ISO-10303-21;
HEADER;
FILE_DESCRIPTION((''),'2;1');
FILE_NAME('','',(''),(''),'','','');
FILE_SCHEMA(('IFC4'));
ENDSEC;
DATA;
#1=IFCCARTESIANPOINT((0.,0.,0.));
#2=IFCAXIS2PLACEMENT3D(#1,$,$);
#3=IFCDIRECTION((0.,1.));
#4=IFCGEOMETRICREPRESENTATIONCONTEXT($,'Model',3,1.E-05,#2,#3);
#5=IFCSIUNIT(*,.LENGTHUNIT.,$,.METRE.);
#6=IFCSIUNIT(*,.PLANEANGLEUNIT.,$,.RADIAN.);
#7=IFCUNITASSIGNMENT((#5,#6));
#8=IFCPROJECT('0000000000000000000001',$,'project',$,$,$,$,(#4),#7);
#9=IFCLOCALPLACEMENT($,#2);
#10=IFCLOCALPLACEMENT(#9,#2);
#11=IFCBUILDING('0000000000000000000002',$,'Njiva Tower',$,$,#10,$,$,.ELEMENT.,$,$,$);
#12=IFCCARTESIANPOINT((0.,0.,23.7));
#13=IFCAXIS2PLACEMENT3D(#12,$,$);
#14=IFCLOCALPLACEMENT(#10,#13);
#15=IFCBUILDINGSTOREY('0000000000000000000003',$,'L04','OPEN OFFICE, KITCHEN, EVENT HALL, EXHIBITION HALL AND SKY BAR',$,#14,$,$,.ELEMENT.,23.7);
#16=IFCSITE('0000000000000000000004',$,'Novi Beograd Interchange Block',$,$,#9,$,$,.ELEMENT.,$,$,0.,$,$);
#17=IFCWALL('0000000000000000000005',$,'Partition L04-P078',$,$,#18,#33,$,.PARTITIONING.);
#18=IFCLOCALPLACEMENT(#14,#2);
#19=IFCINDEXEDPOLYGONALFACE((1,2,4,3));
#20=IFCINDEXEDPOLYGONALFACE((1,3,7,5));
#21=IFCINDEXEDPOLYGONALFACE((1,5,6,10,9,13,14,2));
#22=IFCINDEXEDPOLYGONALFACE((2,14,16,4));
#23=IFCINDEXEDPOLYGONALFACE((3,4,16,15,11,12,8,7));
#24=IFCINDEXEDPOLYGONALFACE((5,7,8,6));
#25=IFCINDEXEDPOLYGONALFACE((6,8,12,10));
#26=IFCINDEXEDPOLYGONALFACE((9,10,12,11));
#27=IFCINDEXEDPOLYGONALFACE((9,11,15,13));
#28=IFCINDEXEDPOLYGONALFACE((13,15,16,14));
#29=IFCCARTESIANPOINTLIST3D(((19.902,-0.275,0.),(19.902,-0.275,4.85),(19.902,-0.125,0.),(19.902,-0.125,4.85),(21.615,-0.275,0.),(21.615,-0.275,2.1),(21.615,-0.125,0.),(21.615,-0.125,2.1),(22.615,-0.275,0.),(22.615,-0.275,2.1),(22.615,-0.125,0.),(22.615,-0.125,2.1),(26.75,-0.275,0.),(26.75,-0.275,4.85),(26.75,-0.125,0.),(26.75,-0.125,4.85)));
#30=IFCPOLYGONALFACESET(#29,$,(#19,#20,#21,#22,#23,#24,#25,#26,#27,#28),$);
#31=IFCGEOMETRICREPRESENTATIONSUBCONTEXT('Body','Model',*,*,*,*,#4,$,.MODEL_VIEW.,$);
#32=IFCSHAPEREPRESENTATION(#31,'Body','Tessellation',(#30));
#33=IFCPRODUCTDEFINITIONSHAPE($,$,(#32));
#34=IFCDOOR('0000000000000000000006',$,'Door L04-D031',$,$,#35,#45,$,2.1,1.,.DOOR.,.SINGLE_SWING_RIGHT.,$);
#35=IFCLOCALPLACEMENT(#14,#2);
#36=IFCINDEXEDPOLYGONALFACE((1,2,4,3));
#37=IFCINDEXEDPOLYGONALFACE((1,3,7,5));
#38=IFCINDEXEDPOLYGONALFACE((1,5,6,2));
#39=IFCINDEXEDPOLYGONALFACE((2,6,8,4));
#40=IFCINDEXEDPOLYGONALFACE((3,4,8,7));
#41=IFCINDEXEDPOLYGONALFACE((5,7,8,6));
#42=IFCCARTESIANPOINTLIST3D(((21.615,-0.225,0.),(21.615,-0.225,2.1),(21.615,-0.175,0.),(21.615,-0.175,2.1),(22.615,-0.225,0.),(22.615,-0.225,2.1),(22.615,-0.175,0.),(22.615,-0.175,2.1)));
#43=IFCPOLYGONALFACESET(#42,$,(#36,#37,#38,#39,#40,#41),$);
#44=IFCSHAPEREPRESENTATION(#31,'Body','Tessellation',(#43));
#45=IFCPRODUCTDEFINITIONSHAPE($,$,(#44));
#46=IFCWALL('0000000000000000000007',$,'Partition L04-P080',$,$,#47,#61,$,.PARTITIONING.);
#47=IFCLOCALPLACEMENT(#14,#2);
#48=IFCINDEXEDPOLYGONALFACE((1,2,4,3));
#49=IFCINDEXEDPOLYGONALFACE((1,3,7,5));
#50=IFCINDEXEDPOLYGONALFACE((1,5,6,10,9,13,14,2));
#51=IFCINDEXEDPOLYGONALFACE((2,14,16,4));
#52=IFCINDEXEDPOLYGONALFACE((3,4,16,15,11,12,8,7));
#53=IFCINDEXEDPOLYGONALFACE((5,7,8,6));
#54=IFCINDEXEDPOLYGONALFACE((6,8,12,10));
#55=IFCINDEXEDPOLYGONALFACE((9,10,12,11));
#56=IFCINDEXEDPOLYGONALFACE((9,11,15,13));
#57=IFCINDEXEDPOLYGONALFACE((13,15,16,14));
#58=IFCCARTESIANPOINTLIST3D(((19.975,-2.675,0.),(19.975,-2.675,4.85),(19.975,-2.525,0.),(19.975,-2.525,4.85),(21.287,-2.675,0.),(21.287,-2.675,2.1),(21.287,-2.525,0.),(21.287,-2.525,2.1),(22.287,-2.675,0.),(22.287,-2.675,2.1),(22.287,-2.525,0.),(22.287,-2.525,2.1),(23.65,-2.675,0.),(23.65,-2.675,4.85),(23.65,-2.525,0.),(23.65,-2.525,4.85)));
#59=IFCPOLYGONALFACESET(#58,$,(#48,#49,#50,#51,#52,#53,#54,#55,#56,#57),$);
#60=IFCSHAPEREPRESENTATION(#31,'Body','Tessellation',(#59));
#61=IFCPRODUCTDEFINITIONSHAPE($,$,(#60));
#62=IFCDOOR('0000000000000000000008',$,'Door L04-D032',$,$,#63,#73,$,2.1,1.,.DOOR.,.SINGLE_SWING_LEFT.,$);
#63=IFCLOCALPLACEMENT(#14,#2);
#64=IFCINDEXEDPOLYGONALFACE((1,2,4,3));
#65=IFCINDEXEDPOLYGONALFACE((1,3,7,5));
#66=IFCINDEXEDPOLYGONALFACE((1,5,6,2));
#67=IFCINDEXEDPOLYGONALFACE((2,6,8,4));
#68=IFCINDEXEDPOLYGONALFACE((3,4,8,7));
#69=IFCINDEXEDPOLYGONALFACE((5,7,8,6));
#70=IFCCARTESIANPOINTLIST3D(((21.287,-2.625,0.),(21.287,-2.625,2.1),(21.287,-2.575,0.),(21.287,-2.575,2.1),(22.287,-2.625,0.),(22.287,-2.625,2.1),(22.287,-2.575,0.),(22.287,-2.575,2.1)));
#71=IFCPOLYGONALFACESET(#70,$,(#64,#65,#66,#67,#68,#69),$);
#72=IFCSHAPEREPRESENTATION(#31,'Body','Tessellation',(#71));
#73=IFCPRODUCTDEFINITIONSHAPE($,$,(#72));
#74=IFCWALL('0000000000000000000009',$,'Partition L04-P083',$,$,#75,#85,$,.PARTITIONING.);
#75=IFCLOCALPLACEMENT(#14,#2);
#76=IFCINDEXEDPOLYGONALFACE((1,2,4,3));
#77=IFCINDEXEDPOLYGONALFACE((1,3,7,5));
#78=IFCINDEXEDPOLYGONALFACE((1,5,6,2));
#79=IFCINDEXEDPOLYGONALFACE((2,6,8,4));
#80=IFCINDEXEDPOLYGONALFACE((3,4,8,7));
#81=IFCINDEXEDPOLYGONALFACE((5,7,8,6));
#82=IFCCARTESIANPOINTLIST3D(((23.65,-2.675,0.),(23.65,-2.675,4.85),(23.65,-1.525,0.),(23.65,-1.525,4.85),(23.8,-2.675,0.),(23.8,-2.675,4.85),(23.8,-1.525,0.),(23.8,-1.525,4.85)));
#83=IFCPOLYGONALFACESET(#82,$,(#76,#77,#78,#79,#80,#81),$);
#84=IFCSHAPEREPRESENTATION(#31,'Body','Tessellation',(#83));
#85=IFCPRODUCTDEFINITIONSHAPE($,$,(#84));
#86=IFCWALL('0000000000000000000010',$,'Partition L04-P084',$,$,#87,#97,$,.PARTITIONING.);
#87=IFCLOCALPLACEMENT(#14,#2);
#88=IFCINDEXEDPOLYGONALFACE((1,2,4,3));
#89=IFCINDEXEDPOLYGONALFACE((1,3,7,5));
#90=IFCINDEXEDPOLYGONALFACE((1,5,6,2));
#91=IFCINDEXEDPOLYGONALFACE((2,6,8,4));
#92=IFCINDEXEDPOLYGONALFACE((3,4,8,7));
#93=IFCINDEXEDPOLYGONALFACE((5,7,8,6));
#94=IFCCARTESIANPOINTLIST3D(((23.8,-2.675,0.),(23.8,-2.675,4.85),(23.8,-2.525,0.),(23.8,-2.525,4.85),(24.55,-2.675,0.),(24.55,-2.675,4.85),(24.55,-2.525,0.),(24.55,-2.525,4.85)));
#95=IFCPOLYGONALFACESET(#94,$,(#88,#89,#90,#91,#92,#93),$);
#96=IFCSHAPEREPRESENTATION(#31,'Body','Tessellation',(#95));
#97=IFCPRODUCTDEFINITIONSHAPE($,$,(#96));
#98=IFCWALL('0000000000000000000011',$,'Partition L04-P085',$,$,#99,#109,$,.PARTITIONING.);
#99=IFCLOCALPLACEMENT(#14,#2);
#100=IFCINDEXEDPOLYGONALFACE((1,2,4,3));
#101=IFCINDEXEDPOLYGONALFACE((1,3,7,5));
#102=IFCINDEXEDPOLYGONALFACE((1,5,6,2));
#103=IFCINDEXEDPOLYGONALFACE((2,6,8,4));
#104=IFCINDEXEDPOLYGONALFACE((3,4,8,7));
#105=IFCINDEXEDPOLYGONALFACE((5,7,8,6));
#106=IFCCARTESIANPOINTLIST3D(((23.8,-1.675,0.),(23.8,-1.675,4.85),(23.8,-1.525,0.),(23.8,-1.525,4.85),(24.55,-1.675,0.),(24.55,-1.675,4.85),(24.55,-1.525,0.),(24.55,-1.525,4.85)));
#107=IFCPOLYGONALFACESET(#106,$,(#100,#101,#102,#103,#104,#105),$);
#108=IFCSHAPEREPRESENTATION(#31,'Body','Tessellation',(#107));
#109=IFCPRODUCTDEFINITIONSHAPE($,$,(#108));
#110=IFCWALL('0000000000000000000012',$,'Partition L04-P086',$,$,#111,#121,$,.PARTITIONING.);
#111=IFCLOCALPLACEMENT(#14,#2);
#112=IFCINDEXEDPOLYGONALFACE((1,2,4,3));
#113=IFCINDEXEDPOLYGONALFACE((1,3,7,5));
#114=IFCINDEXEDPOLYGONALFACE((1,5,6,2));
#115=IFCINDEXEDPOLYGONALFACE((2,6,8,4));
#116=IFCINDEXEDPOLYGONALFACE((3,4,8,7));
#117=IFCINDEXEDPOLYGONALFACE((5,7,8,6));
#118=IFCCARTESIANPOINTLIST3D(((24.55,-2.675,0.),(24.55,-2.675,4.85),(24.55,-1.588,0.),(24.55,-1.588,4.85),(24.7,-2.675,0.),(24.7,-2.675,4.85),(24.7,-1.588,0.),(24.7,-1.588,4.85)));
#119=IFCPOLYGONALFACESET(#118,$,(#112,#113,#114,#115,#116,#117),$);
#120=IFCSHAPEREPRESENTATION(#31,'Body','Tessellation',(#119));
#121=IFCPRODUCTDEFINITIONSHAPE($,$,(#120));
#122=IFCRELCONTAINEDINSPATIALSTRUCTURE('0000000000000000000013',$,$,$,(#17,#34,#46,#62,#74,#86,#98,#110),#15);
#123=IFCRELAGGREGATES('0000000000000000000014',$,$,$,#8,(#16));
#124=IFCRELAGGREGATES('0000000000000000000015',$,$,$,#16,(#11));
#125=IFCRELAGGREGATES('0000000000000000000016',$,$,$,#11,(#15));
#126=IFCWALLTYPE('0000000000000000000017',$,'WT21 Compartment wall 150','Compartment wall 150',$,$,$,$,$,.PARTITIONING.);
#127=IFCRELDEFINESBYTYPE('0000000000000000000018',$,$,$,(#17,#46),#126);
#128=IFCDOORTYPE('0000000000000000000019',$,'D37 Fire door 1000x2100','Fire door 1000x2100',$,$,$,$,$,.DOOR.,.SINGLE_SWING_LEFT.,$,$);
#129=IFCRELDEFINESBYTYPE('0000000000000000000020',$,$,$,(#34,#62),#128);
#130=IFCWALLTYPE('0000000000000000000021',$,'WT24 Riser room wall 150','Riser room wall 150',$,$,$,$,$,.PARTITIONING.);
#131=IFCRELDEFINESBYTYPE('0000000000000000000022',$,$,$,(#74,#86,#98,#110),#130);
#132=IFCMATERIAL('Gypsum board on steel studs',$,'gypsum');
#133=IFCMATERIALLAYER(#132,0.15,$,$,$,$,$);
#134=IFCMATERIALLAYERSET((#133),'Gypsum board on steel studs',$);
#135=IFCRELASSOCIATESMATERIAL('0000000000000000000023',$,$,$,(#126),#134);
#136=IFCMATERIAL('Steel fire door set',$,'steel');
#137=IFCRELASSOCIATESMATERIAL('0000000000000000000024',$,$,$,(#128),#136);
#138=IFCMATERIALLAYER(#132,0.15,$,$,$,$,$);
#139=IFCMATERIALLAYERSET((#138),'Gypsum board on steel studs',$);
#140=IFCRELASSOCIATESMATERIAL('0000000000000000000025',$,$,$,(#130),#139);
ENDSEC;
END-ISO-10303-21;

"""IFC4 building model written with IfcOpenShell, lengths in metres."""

from ifc_helpers import new_model, si_unit, direction, frame, frame_2d, origin, place, context, subcontext, project, spatial, rectangle, extrude, material, layer, layer_set, type_object, element, fill, save


model = new_model("IFC4")

# Units and contexts
model_context = context("Model", 3, precision=1e-05, world=origin(), true_north=direction((0.0, 1.0)))
body_context = subcontext(model_context, "Body", "Model", "MODEL_VIEW")
ifc_project = project(units=[si_unit("LENGTHUNIT", "METRE"), si_unit("PLANEANGLEUNIT", "RADIAN")], contexts=[model_context])

# Site, building, storey
site_placement = place(None, origin())
site = spatial("IfcSite", under=ifc_project, at=site_placement, Name="Novi Beograd Interchange Block", CompositionType="ELEMENT", RefElevation=0.0)
building_placement = place(site_placement, origin())
building = spatial("IfcBuilding", under=site, at=building_placement, Name="Njiva Tower", CompositionType="ELEMENT")
storey_placement = place(building_placement, frame((0.0, 0.0, 23.7)))
storey = spatial("IfcBuildingStorey", under=building, at=storey_placement, Name="L04", Description="OPEN OFFICE, KITCHEN, EVENT HALL, EXHIBITION HALL AND SKY BAR", CompositionType="ELEMENT", Elevation=23.7)

# Shared definitions
ifc_material_1 = material(Name="Gypsum board on steel studs", Category="gypsum")
ifc_layer_1 = layer(ifc_material_1, 0.15)
ifc_layer_set_1 = layer_set([ifc_layer_1], Name="Gypsum board on steel studs")
wall_type_1 = type_object("IfcWallType", Name="WT21 Compartment wall 150", Description="Compartment wall 150", PredefinedType="PARTITIONING", material=ifc_layer_set_1)

# Walls, openings, doors
ifc_material_2 = material(Name="Steel fire door set", Category="steel")
wall_1_placement = place(storey_placement, frame((19.902, -0.2, 0.0), z_axis=(0.0, 0.0, 1.0), x_axis=(1.0, 0.0, 0.0)))
wall_1 = element("IfcWall", 1, at=wall_1_placement, inside=storey, type_object=wall_type_1, Name="Partition L04-P078", PredefinedType="PARTITIONING", context=body_context, shape_type="SweptSolid", body=[
    extrude(rectangle(XDim=6.848, YDim=0.15, at=frame_2d((3.424, 0.0))), origin(), (0.0, 0.0, 1.0), 4.85),
])
opening_1_placement = place(wall_1_placement, frame((1.713, 0.0, 0.0)))
opening_1 = element("IfcOpeningElement", 2, at=opening_1_placement, cuts=wall_1, PredefinedType="OPENING", context=body_context, shape_type="SweptSolid", body=[
    extrude(rectangle(XDim=1.0, YDim=2.1, at=frame_2d((0.5, 1.05))), frame((0.0, 0.085, 0.0), z_axis=(0.0, -1.0, 0.0), x_axis=(1.0, 0.0, 0.0)), (0.0, 0.0, 1.0), 0.17),
])
door_type_1 = type_object("IfcDoorType", Name="D37 Fire door 1000x2100", Description="Fire door 1000x2100", OperationType="SINGLE_SWING_LEFT", PredefinedType="DOOR", material=ifc_material_2)
door_1_placement = place(opening_1_placement, origin())
door_1 = element("IfcDoor", 3, at=door_1_placement, inside=storey, type_object=door_type_1, Name="Door L04-D031", OperationType="SINGLE_SWING_RIGHT", OverallHeight=2.1, OverallWidth=1.0, PredefinedType="DOOR", context=body_context, shape_type="SweptSolid", body=[
    extrude(rectangle(XDim=1.0, YDim=2.1, at=frame_2d((0.5, 1.05))), frame((0.0, 0.025, 0.0), z_axis=(0.0, -1.0, 0.0), x_axis=(1.0, 0.0, 0.0)), (0.0, 0.0, 1.0), 0.05),
])
fill(opening_1, door_1)
wall_2_placement = place(storey_placement, frame((19.975, -2.6, 0.0), z_axis=(0.0, 0.0, 1.0), x_axis=(1.0, 0.0, 0.0)))
wall_2 = element("IfcWall", 4, at=wall_2_placement, inside=storey, type_object=wall_type_1, Name="Partition L04-P080", PredefinedType="PARTITIONING", context=body_context, shape_type="SweptSolid", body=[
    extrude(rectangle(XDim=3.675, YDim=0.15, at=frame_2d((1.8375, 0.0))), origin(), (0.0, 0.0, 1.0), 4.85),
])
opening_2_placement = place(wall_2_placement, frame((1.312, 0.0, 0.0)))
opening_2 = element("IfcOpeningElement", 5, at=opening_2_placement, cuts=wall_2, PredefinedType="OPENING", context=body_context, shape_type="SweptSolid", body=[
    extrude(rectangle(XDim=1.0, YDim=2.1, at=frame_2d((0.5, 1.05))), frame((0.0, 0.085, 0.0), z_axis=(0.0, -1.0, 0.0), x_axis=(1.0, 0.0, 0.0)), (0.0, 0.0, 1.0), 0.17),
])
door_2_placement = place(opening_2_placement, origin())
door_2 = element("IfcDoor", 6, at=door_2_placement, inside=storey, type_object=door_type_1, Name="Door L04-D032", OperationType="SINGLE_SWING_LEFT", OverallHeight=2.1, OverallWidth=1.0, PredefinedType="DOOR", context=body_context, shape_type="SweptSolid", body=[
    extrude(rectangle(XDim=1.0, YDim=2.1, at=frame_2d((0.5, 1.05))), frame((0.0, 0.025, 0.0), z_axis=(0.0, -1.0, 0.0), x_axis=(1.0, 0.0, 0.0)), (0.0, 0.0, 1.0), 0.05),
])
fill(opening_2, door_2)

# Walls
ifc_layer_2 = layer(ifc_material_1, 0.15)
ifc_layer_set_2 = layer_set([ifc_layer_2], Name="Gypsum board on steel studs")
wall_type_2 = type_object("IfcWallType", Name="WT24 Riser room wall 150", Description="Riser room wall 150", PredefinedType="PARTITIONING", material=ifc_layer_set_2)
wall_3_placement = place(storey_placement, frame((23.725, -2.675, 0.0), z_axis=(0.0, 0.0, 1.0), x_axis=(0.0, 1.0, 0.0)))
element("IfcWall", 7, at=wall_3_placement, inside=storey, type_object=wall_type_2, Name="Partition L04-P083", PredefinedType="PARTITIONING", context=body_context, shape_type="SweptSolid", body=[
    extrude(rectangle(XDim=1.15, YDim=0.15, at=frame_2d((0.575, 0.0))), origin(), (0.0, 0.0, 1.0), 4.85),
])
for number, where, z_axis, x_axis, name in (
    (8, (23.8, -2.6, 0.0), (0.0, 0.0, 1.0), (1.0, 0.0, 0.0), "Partition L04-P084"),
    (9, (23.8, -1.6, 0.0), (0.0, 0.0, 1.0), (1.0, 0.0, 0.0), "Partition L04-P085"),
):
    element("IfcWall", number, at=place(storey_placement, frame(where, z_axis=z_axis, x_axis=x_axis)), inside=storey, type_object=wall_type_2, Name=name, PredefinedType="PARTITIONING", context=body_context, shape_type="SweptSolid", body=[
        extrude(rectangle(XDim=0.75, YDim=0.15, at=frame_2d((0.375, 0.0))), origin(), (0.0, 0.0, 1.0), 4.85),
    ])
wall_4_placement = place(storey_placement, frame((24.625, -2.675, 0.0), z_axis=(0.0, 0.0, 1.0), x_axis=(0.0, 1.0, 0.0)))
element("IfcWall", 10, at=wall_4_placement, inside=storey, type_object=wall_type_2, Name="Partition L04-P086", PredefinedType="PARTITIONING", context=body_context, shape_type="SweptSolid", body=[
    extrude(rectangle(XDim=1.087, YDim=0.15, at=frame_2d((0.5435, 0.0))), origin(), (0.0, 0.0, 1.0), 4.85),
])

save(model, "model.ifc")
